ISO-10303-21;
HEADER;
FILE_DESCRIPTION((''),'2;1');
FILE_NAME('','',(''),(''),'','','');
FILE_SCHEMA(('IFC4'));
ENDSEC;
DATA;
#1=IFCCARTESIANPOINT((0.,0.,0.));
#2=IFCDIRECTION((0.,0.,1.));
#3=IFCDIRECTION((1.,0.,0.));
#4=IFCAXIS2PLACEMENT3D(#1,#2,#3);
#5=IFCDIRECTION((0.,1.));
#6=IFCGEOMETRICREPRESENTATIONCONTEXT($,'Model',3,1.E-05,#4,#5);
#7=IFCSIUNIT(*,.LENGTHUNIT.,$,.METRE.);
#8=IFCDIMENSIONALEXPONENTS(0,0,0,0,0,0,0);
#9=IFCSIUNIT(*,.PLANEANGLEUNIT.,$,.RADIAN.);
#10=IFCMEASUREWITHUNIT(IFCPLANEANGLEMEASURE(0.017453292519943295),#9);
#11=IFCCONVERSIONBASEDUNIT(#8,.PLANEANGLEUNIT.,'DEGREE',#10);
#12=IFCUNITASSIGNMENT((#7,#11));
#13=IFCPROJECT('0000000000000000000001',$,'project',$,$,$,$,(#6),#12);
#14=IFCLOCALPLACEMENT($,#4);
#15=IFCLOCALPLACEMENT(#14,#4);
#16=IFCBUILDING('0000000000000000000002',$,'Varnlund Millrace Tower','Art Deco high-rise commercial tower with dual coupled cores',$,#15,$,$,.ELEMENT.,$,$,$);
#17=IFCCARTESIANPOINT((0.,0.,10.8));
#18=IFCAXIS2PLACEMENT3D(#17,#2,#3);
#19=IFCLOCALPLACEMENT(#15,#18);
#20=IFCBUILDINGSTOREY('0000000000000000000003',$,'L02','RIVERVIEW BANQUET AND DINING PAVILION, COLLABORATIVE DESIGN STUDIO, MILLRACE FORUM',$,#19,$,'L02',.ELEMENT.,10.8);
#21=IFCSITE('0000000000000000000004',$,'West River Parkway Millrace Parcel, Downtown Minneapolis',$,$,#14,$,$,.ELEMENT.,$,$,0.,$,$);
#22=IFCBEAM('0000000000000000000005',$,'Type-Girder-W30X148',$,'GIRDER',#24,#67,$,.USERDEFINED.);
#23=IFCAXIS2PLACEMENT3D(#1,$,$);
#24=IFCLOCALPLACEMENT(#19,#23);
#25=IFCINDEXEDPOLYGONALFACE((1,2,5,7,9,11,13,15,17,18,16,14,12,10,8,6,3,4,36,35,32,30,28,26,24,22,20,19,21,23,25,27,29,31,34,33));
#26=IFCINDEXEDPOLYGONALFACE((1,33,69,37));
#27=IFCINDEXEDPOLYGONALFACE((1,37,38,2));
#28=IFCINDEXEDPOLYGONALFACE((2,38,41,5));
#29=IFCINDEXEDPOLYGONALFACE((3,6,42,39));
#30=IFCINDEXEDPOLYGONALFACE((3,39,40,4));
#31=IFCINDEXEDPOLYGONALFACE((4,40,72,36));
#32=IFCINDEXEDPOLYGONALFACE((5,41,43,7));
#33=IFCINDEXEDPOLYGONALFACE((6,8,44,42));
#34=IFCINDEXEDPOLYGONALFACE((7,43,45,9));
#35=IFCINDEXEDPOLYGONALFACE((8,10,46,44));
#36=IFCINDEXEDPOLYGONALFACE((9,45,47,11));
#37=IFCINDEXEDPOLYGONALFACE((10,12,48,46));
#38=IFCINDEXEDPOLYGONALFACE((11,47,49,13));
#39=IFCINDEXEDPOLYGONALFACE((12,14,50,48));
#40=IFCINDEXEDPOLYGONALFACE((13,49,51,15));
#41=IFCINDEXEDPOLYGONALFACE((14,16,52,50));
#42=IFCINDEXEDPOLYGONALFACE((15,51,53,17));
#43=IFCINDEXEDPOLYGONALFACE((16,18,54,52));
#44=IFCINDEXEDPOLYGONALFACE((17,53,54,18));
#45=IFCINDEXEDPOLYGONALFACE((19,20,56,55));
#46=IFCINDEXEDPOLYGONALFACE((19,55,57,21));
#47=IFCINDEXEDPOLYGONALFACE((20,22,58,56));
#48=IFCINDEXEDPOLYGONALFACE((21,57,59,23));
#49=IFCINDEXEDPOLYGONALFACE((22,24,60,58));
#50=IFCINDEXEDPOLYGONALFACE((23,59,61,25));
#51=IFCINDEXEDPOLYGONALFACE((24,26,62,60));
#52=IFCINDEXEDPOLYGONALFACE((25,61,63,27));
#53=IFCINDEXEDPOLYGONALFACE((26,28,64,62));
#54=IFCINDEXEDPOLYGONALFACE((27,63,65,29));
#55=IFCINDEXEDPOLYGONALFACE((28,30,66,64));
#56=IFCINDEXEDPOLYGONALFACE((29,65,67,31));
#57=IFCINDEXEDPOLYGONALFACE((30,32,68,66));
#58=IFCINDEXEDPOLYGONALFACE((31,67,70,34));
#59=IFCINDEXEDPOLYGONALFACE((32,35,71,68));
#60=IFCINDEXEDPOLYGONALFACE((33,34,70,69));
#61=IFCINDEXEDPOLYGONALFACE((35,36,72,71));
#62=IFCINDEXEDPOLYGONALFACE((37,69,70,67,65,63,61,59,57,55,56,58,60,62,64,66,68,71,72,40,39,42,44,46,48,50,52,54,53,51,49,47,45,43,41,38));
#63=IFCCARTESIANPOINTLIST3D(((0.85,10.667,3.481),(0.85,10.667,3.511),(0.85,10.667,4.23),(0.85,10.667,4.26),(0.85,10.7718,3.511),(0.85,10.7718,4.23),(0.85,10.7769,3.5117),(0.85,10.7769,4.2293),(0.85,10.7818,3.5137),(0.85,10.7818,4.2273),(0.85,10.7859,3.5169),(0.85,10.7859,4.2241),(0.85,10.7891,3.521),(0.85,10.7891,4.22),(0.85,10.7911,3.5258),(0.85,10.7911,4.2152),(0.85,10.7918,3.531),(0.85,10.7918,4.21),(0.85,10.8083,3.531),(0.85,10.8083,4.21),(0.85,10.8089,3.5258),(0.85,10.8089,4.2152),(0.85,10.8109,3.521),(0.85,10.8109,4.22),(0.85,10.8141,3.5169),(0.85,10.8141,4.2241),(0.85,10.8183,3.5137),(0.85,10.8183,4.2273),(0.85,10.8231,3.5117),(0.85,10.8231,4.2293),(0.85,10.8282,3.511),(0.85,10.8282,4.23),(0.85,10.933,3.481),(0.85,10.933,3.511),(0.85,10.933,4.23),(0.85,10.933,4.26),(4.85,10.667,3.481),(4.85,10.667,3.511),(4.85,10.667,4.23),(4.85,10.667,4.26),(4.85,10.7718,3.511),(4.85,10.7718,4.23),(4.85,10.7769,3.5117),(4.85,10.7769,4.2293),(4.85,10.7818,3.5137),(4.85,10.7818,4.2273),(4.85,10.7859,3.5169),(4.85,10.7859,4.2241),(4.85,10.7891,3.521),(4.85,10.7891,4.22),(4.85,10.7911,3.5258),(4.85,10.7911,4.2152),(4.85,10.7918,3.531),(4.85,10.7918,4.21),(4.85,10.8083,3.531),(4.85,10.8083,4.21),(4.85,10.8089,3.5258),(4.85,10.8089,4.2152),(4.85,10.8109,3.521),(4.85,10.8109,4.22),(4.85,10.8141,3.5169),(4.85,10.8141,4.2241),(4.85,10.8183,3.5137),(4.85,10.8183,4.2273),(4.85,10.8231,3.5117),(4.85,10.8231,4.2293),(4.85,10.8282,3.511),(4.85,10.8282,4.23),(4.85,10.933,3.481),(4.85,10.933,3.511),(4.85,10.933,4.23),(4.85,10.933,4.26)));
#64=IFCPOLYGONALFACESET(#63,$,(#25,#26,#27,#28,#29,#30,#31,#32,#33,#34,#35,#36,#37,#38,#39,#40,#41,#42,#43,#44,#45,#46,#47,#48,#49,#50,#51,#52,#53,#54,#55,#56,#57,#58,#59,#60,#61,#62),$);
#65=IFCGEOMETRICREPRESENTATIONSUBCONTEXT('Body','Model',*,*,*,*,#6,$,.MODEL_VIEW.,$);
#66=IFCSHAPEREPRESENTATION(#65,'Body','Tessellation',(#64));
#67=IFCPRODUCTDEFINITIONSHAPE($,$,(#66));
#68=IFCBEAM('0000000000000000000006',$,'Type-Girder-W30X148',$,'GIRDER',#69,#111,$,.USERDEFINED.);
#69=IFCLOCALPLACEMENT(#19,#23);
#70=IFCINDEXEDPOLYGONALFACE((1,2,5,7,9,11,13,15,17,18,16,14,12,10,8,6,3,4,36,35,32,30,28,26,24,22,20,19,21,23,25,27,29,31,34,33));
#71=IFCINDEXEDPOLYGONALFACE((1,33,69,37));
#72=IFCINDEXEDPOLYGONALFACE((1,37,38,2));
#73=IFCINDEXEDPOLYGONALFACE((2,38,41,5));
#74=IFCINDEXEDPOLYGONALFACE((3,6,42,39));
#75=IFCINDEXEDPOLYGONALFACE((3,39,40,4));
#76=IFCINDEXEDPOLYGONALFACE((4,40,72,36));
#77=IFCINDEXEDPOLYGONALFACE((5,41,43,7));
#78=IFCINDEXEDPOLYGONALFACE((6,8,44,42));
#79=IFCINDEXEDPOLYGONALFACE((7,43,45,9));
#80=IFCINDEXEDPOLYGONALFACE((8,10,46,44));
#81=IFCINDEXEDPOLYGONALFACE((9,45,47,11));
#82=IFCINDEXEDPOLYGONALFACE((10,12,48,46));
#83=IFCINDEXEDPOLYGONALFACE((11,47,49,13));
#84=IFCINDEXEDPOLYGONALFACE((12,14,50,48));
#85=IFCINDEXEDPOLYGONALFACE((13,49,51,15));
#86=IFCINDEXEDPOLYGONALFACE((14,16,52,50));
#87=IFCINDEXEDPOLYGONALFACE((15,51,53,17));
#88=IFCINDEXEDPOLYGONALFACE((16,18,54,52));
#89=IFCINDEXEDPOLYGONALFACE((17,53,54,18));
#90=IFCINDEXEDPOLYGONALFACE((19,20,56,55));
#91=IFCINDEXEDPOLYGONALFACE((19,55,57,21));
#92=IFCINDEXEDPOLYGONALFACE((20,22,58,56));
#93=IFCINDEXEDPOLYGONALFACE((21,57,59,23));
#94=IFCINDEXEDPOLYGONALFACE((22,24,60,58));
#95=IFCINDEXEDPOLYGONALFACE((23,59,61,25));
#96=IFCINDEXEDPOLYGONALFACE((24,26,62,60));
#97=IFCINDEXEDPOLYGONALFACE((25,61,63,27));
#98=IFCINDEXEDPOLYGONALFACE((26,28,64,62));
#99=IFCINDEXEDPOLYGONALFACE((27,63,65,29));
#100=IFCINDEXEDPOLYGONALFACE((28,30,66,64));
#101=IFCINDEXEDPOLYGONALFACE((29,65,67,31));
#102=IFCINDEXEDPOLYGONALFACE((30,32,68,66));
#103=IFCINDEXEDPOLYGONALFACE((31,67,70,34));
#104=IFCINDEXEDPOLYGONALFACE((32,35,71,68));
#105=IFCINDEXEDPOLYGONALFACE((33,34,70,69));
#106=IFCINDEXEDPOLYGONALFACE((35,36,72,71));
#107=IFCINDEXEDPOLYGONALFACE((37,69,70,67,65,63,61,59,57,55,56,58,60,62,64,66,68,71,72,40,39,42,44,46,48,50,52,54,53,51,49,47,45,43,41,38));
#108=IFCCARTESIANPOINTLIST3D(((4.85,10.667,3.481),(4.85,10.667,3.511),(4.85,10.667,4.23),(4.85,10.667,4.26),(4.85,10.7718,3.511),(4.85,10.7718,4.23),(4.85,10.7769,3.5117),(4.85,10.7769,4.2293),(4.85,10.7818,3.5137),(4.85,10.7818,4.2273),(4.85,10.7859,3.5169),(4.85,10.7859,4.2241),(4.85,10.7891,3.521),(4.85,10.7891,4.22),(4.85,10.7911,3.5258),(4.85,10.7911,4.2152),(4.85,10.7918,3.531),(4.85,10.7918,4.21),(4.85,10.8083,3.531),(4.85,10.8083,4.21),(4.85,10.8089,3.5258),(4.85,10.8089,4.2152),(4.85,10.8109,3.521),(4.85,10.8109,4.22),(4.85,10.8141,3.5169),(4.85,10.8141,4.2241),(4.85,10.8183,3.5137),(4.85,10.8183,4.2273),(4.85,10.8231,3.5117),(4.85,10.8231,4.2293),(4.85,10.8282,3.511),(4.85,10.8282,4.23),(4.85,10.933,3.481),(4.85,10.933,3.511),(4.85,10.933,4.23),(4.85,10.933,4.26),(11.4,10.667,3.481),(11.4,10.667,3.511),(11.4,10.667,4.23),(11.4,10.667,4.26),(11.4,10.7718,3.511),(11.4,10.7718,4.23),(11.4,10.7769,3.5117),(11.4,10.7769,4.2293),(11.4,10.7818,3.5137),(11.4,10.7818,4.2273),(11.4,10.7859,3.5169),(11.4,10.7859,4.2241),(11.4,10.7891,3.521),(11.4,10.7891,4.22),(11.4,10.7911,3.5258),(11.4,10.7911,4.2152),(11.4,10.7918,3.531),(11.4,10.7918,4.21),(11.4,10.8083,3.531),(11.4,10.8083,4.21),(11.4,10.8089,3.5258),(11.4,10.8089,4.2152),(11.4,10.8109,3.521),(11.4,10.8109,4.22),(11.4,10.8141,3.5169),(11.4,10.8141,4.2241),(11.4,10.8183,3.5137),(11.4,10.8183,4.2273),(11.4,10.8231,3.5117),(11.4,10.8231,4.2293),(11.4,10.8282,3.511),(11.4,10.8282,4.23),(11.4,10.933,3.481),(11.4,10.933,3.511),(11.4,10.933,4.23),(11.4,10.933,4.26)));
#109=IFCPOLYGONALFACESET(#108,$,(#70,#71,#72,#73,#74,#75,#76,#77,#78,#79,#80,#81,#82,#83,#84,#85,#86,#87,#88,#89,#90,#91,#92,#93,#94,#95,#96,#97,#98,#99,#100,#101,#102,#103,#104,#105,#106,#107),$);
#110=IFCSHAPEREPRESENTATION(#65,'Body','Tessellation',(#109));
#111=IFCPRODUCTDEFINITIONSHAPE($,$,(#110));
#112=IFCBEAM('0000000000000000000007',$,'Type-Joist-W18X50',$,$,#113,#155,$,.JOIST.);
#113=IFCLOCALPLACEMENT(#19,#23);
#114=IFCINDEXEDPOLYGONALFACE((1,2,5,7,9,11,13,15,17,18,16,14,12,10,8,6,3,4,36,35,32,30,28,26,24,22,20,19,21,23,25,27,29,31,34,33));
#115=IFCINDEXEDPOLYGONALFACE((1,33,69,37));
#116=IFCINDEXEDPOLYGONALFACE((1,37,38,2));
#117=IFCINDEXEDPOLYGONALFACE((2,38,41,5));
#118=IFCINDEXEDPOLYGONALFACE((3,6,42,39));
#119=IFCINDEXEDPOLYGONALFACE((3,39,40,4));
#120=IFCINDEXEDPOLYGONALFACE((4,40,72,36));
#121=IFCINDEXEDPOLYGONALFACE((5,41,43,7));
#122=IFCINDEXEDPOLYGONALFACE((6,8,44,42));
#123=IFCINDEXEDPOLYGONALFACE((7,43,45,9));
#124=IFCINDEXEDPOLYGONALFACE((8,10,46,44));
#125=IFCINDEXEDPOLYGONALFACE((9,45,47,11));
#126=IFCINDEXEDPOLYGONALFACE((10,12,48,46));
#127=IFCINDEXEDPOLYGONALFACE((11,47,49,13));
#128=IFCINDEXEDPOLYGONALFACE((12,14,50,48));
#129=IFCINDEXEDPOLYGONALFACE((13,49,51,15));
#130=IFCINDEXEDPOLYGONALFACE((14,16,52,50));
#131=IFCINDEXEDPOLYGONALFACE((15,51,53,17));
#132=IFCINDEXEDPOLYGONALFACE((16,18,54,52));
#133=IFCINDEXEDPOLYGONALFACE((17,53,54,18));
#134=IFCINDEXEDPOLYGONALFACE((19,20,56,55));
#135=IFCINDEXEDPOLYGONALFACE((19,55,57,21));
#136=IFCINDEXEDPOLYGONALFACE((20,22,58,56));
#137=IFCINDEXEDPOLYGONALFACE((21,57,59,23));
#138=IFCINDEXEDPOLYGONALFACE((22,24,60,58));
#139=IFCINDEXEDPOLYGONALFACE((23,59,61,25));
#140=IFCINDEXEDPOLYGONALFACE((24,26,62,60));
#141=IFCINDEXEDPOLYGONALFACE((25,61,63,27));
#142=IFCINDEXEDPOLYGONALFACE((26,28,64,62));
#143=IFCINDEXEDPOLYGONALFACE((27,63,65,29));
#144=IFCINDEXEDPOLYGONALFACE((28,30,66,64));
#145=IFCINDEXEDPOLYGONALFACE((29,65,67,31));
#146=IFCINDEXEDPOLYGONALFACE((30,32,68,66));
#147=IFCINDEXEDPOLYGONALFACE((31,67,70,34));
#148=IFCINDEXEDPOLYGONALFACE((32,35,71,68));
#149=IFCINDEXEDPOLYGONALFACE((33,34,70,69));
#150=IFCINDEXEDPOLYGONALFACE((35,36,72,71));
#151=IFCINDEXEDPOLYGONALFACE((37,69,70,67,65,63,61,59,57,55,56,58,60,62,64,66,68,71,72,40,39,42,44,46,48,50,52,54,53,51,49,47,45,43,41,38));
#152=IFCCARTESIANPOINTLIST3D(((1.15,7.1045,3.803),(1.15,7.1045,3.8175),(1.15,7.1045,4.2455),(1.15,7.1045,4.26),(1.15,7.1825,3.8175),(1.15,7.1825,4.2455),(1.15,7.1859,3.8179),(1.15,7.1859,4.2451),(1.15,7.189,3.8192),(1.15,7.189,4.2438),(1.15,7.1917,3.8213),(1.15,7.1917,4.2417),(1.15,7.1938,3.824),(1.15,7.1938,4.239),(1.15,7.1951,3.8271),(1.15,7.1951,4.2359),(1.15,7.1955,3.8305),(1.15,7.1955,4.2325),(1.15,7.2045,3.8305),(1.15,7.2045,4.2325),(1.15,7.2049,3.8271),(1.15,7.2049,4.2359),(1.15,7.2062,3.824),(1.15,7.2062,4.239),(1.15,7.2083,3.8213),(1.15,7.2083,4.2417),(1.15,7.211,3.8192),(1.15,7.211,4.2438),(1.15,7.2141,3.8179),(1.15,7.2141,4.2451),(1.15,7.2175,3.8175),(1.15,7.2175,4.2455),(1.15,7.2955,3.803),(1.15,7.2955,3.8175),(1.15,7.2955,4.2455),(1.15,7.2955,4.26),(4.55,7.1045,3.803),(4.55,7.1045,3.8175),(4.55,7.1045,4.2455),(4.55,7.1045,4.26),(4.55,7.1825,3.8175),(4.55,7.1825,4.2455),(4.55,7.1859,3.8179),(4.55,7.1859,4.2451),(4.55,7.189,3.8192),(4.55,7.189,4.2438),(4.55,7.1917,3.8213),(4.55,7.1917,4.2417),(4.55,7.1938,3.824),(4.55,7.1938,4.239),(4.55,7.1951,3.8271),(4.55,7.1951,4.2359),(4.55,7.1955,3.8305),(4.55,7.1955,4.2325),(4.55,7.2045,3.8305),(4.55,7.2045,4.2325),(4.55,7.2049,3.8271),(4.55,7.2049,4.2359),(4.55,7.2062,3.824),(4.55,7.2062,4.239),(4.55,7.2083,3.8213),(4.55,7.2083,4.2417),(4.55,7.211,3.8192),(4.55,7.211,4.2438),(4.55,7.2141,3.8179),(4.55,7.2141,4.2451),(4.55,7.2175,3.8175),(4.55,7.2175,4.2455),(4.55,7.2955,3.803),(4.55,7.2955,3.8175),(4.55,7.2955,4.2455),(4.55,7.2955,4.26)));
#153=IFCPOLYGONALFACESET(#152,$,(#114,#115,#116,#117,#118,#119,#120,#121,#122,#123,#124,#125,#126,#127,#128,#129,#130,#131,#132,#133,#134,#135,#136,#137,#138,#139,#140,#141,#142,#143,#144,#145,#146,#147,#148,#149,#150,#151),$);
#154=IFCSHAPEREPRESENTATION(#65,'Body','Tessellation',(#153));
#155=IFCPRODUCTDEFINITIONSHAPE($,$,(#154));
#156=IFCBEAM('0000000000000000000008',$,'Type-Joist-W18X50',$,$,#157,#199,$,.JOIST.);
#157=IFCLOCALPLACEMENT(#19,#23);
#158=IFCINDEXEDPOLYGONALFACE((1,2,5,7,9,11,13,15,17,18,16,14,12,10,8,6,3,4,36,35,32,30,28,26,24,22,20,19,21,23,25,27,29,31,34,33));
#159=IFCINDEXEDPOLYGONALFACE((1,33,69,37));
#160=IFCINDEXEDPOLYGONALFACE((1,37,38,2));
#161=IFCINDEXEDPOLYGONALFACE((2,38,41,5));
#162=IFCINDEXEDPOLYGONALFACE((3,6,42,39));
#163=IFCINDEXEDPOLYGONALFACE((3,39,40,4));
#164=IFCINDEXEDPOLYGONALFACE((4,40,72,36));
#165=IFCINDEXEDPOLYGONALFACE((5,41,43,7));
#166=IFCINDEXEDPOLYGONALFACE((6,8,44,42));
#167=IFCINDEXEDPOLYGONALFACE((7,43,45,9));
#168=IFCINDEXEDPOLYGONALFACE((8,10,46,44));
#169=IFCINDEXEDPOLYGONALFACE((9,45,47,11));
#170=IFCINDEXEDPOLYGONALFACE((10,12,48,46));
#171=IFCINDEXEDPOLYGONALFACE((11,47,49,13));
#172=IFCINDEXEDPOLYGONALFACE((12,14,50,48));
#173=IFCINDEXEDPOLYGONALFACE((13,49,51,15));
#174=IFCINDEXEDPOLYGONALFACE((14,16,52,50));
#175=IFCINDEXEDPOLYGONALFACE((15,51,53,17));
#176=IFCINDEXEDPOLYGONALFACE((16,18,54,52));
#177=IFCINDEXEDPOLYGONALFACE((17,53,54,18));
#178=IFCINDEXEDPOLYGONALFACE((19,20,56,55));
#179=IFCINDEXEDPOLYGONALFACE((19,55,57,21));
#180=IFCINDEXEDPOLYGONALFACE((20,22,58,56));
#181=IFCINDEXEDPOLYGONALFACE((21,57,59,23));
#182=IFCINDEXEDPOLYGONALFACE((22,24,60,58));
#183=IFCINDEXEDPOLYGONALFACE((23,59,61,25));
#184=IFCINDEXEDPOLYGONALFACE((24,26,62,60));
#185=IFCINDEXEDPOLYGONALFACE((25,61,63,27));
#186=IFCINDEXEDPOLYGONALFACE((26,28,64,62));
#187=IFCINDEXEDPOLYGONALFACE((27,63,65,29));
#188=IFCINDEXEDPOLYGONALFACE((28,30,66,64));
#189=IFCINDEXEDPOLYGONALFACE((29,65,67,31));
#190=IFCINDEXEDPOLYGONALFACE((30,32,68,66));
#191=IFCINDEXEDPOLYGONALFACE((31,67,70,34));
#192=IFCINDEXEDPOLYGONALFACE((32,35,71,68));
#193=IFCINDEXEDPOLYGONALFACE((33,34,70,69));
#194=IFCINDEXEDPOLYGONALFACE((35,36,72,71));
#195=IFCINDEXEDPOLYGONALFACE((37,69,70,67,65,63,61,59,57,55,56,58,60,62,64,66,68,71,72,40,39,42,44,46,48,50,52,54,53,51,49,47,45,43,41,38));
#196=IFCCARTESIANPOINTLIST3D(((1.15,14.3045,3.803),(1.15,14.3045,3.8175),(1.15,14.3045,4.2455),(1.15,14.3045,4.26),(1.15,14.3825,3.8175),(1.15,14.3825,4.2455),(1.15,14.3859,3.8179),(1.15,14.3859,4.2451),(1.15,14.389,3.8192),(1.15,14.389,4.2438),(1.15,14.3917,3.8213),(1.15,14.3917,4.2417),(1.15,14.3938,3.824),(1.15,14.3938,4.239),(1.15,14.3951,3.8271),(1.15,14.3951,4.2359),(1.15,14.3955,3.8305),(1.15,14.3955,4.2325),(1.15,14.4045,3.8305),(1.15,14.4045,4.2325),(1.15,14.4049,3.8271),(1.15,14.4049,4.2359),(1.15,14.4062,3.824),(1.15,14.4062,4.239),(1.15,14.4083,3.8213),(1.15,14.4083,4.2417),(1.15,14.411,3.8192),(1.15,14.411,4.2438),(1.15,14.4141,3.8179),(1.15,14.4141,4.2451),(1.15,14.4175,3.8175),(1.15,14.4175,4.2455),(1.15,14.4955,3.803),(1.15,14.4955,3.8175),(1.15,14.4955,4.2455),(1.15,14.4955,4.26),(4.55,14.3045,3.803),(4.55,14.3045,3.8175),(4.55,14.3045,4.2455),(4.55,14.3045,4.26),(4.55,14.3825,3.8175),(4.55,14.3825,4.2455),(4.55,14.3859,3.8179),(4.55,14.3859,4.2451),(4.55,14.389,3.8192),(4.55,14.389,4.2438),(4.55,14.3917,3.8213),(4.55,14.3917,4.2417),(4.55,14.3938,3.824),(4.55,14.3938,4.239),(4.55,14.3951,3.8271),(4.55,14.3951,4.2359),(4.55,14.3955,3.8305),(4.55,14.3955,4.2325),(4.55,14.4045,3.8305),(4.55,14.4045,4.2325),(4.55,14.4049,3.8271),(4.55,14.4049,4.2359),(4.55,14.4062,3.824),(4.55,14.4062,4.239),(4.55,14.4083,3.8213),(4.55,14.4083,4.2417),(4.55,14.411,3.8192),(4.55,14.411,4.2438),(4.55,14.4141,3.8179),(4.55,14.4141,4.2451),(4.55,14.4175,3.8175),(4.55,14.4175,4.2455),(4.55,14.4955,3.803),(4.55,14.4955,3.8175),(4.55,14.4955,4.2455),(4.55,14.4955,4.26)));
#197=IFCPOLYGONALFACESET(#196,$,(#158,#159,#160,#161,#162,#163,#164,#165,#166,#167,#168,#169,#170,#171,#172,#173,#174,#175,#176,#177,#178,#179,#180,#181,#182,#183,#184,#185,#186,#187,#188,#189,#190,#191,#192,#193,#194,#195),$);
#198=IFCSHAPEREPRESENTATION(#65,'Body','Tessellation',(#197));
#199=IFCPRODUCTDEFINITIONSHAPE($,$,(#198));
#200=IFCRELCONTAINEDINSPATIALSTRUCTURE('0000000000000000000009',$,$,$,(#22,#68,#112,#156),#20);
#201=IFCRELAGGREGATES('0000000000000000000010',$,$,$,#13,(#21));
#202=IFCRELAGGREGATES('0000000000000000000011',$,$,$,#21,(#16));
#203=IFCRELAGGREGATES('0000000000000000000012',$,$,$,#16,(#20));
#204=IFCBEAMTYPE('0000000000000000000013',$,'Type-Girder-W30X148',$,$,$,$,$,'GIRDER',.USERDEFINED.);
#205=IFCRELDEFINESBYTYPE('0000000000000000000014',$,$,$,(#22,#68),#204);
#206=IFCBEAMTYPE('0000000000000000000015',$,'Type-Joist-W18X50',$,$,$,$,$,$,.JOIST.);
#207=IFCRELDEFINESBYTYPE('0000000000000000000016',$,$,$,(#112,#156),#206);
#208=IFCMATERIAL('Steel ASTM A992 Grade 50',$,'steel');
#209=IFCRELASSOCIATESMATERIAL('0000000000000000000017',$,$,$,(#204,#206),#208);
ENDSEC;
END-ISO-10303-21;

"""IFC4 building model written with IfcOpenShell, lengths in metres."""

from ifc_helpers import new_model, entity, si_unit, converted_unit, direction, frame, origin_with_axes, origin_2d_with_axis, place, context, subcontext, project, spatial, i_section, extrude, material, material_profile, profile_set, type_object, element, save


model = new_model("IFC4")

# Units and contexts
model_context = context("Model", 3, precision=1e-05, world=origin_with_axes(), true_north=direction((0.0, 1.0)))
body_context = subcontext(model_context, "Body", "Model", "MODEL_VIEW")
ifc_project = project(units=[si_unit("LENGTHUNIT", "METRE"), converted_unit("PLANEANGLEUNIT", "DEGREE", entity("IfcPlaneAngleMeasure", 0.017453292519943295), si_unit("PLANEANGLEUNIT", "RADIAN"), dimensions=[0, 0, 0, 0, 0, 0, 0])], contexts=[model_context])

# Site, building, storey
site_placement = place(None, origin_with_axes())
site = spatial("IfcSite", under=ifc_project, at=site_placement, Name="West River Parkway Millrace Parcel, Downtown Minneapolis", CompositionType="ELEMENT", RefElevation=0.0)
building_placement = place(site_placement, origin_with_axes())
building = spatial("IfcBuilding", under=site, at=building_placement, Name="Varnlund Millrace Tower", Description="Art Deco high-rise commercial tower with dual coupled cores", CompositionType="ELEMENT")
storey_placement = place(building_placement, frame((0.0, 0.0, 10.8), z_axis=(0.0, 0.0, 1.0), x_axis=(1.0, 0.0, 0.0)))
storey = spatial("IfcBuildingStorey", under=building, at=storey_placement, Name="L02", Description="RIVERVIEW BANQUET AND DINING PAVILION, COLLABORATIVE DESIGN STUDIO, MILLRACE FORUM", LongName="L02", CompositionType="ELEMENT", Elevation=10.8)

# Beams
ifc_material_1 = material(Name="Steel ASTM A992 Grade 50", Category="steel")
ifc_material_profile_1 = material_profile(ifc_material_1, i_section(OverallWidth=0.266, OverallDepth=0.779, WebThickness=0.0165, FlangeThickness=0.03, FilletRadius=0.02, at=origin_2d_with_axis()), Name="Steel ASTM A992 Grade 50")
ifc_profile_set_1 = profile_set([ifc_material_profile_1], Name="Steel ASTM A992 Grade 50")
beam_type_1 = type_object("IfcBeamType", Name="Type-Girder-W30X148", ElementType="GIRDER", PredefinedType="USERDEFINED", material=ifc_profile_set_1)
beam_1_placement = place(storey_placement, frame((0.85, 10.8, 3.8705), z_axis=(1.0, 0.0, 0.0), x_axis=(0.0, 1.0, 0.0)))
element("IfcBeam", 1, at=beam_1_placement, inside=storey, type_object=beam_type_1, Name="Type-Girder-W30X148", ObjectType="GIRDER", PredefinedType="USERDEFINED", context=body_context, shape_type="SweptSolid", body=[
    extrude(i_section(OverallWidth=0.266, OverallDepth=0.779, WebThickness=0.0165, FlangeThickness=0.03, FilletRadius=0.02, at=origin_2d_with_axis()), origin_with_axes(), (0.0, 0.0, 1.0), 4.0),
])
beam_2_placement = place(storey_placement, frame((4.85, 10.8, 3.8705), z_axis=(1.0, 0.0, 0.0), x_axis=(0.0, 1.0, 0.0)))
element("IfcBeam", 2, at=beam_2_placement, inside=storey, type_object=beam_type_1, Name="Type-Girder-W30X148", ObjectType="GIRDER", PredefinedType="USERDEFINED", context=body_context, shape_type="SweptSolid", body=[
    extrude(i_section(OverallWidth=0.266, OverallDepth=0.779, WebThickness=0.0165, FlangeThickness=0.03, FilletRadius=0.02, at=origin_2d_with_axis()), origin_with_axes(), (0.0, 0.0, 1.0), 6.55),
])
ifc_material_profile_2 = material_profile(ifc_material_1, i_section(OverallWidth=0.191, OverallDepth=0.457, WebThickness=0.009, FlangeThickness=0.0145, FilletRadius=0.013, at=origin_2d_with_axis()), Name="Steel ASTM A992 Grade 50")
ifc_profile_set_2 = profile_set([ifc_material_profile_2], Name="Steel ASTM A992 Grade 50")
beam_type_2 = type_object("IfcBeamType", Name="Type-Joist-W18X50", PredefinedType="JOIST", material=ifc_profile_set_2)
for number, where, z_axis, x_axis, name in (
    (3, (1.15, 7.2, 4.0315), (1.0, 0.0, 0.0), (0.0, 1.0, 0.0), "Type-Joist-W18X50"),
    (4, (1.15, 14.4, 4.0315), (1.0, 0.0, 0.0), (0.0, 1.0, 0.0), "Type-Joist-W18X50"),
):
    element("IfcBeam", number, at=place(storey_placement, frame(where, z_axis=z_axis, x_axis=x_axis)), inside=storey, type_object=beam_type_2, Name=name, PredefinedType="JOIST", context=body_context, shape_type="SweptSolid", body=[
        extrude(i_section(OverallWidth=0.191, OverallDepth=0.457, WebThickness=0.009, FlangeThickness=0.0145, FilletRadius=0.013, at=origin_2d_with_axis()), origin_with_axes(), (0.0, 0.0, 1.0), 3.4),
    ])

save(model, "model.ifc")
